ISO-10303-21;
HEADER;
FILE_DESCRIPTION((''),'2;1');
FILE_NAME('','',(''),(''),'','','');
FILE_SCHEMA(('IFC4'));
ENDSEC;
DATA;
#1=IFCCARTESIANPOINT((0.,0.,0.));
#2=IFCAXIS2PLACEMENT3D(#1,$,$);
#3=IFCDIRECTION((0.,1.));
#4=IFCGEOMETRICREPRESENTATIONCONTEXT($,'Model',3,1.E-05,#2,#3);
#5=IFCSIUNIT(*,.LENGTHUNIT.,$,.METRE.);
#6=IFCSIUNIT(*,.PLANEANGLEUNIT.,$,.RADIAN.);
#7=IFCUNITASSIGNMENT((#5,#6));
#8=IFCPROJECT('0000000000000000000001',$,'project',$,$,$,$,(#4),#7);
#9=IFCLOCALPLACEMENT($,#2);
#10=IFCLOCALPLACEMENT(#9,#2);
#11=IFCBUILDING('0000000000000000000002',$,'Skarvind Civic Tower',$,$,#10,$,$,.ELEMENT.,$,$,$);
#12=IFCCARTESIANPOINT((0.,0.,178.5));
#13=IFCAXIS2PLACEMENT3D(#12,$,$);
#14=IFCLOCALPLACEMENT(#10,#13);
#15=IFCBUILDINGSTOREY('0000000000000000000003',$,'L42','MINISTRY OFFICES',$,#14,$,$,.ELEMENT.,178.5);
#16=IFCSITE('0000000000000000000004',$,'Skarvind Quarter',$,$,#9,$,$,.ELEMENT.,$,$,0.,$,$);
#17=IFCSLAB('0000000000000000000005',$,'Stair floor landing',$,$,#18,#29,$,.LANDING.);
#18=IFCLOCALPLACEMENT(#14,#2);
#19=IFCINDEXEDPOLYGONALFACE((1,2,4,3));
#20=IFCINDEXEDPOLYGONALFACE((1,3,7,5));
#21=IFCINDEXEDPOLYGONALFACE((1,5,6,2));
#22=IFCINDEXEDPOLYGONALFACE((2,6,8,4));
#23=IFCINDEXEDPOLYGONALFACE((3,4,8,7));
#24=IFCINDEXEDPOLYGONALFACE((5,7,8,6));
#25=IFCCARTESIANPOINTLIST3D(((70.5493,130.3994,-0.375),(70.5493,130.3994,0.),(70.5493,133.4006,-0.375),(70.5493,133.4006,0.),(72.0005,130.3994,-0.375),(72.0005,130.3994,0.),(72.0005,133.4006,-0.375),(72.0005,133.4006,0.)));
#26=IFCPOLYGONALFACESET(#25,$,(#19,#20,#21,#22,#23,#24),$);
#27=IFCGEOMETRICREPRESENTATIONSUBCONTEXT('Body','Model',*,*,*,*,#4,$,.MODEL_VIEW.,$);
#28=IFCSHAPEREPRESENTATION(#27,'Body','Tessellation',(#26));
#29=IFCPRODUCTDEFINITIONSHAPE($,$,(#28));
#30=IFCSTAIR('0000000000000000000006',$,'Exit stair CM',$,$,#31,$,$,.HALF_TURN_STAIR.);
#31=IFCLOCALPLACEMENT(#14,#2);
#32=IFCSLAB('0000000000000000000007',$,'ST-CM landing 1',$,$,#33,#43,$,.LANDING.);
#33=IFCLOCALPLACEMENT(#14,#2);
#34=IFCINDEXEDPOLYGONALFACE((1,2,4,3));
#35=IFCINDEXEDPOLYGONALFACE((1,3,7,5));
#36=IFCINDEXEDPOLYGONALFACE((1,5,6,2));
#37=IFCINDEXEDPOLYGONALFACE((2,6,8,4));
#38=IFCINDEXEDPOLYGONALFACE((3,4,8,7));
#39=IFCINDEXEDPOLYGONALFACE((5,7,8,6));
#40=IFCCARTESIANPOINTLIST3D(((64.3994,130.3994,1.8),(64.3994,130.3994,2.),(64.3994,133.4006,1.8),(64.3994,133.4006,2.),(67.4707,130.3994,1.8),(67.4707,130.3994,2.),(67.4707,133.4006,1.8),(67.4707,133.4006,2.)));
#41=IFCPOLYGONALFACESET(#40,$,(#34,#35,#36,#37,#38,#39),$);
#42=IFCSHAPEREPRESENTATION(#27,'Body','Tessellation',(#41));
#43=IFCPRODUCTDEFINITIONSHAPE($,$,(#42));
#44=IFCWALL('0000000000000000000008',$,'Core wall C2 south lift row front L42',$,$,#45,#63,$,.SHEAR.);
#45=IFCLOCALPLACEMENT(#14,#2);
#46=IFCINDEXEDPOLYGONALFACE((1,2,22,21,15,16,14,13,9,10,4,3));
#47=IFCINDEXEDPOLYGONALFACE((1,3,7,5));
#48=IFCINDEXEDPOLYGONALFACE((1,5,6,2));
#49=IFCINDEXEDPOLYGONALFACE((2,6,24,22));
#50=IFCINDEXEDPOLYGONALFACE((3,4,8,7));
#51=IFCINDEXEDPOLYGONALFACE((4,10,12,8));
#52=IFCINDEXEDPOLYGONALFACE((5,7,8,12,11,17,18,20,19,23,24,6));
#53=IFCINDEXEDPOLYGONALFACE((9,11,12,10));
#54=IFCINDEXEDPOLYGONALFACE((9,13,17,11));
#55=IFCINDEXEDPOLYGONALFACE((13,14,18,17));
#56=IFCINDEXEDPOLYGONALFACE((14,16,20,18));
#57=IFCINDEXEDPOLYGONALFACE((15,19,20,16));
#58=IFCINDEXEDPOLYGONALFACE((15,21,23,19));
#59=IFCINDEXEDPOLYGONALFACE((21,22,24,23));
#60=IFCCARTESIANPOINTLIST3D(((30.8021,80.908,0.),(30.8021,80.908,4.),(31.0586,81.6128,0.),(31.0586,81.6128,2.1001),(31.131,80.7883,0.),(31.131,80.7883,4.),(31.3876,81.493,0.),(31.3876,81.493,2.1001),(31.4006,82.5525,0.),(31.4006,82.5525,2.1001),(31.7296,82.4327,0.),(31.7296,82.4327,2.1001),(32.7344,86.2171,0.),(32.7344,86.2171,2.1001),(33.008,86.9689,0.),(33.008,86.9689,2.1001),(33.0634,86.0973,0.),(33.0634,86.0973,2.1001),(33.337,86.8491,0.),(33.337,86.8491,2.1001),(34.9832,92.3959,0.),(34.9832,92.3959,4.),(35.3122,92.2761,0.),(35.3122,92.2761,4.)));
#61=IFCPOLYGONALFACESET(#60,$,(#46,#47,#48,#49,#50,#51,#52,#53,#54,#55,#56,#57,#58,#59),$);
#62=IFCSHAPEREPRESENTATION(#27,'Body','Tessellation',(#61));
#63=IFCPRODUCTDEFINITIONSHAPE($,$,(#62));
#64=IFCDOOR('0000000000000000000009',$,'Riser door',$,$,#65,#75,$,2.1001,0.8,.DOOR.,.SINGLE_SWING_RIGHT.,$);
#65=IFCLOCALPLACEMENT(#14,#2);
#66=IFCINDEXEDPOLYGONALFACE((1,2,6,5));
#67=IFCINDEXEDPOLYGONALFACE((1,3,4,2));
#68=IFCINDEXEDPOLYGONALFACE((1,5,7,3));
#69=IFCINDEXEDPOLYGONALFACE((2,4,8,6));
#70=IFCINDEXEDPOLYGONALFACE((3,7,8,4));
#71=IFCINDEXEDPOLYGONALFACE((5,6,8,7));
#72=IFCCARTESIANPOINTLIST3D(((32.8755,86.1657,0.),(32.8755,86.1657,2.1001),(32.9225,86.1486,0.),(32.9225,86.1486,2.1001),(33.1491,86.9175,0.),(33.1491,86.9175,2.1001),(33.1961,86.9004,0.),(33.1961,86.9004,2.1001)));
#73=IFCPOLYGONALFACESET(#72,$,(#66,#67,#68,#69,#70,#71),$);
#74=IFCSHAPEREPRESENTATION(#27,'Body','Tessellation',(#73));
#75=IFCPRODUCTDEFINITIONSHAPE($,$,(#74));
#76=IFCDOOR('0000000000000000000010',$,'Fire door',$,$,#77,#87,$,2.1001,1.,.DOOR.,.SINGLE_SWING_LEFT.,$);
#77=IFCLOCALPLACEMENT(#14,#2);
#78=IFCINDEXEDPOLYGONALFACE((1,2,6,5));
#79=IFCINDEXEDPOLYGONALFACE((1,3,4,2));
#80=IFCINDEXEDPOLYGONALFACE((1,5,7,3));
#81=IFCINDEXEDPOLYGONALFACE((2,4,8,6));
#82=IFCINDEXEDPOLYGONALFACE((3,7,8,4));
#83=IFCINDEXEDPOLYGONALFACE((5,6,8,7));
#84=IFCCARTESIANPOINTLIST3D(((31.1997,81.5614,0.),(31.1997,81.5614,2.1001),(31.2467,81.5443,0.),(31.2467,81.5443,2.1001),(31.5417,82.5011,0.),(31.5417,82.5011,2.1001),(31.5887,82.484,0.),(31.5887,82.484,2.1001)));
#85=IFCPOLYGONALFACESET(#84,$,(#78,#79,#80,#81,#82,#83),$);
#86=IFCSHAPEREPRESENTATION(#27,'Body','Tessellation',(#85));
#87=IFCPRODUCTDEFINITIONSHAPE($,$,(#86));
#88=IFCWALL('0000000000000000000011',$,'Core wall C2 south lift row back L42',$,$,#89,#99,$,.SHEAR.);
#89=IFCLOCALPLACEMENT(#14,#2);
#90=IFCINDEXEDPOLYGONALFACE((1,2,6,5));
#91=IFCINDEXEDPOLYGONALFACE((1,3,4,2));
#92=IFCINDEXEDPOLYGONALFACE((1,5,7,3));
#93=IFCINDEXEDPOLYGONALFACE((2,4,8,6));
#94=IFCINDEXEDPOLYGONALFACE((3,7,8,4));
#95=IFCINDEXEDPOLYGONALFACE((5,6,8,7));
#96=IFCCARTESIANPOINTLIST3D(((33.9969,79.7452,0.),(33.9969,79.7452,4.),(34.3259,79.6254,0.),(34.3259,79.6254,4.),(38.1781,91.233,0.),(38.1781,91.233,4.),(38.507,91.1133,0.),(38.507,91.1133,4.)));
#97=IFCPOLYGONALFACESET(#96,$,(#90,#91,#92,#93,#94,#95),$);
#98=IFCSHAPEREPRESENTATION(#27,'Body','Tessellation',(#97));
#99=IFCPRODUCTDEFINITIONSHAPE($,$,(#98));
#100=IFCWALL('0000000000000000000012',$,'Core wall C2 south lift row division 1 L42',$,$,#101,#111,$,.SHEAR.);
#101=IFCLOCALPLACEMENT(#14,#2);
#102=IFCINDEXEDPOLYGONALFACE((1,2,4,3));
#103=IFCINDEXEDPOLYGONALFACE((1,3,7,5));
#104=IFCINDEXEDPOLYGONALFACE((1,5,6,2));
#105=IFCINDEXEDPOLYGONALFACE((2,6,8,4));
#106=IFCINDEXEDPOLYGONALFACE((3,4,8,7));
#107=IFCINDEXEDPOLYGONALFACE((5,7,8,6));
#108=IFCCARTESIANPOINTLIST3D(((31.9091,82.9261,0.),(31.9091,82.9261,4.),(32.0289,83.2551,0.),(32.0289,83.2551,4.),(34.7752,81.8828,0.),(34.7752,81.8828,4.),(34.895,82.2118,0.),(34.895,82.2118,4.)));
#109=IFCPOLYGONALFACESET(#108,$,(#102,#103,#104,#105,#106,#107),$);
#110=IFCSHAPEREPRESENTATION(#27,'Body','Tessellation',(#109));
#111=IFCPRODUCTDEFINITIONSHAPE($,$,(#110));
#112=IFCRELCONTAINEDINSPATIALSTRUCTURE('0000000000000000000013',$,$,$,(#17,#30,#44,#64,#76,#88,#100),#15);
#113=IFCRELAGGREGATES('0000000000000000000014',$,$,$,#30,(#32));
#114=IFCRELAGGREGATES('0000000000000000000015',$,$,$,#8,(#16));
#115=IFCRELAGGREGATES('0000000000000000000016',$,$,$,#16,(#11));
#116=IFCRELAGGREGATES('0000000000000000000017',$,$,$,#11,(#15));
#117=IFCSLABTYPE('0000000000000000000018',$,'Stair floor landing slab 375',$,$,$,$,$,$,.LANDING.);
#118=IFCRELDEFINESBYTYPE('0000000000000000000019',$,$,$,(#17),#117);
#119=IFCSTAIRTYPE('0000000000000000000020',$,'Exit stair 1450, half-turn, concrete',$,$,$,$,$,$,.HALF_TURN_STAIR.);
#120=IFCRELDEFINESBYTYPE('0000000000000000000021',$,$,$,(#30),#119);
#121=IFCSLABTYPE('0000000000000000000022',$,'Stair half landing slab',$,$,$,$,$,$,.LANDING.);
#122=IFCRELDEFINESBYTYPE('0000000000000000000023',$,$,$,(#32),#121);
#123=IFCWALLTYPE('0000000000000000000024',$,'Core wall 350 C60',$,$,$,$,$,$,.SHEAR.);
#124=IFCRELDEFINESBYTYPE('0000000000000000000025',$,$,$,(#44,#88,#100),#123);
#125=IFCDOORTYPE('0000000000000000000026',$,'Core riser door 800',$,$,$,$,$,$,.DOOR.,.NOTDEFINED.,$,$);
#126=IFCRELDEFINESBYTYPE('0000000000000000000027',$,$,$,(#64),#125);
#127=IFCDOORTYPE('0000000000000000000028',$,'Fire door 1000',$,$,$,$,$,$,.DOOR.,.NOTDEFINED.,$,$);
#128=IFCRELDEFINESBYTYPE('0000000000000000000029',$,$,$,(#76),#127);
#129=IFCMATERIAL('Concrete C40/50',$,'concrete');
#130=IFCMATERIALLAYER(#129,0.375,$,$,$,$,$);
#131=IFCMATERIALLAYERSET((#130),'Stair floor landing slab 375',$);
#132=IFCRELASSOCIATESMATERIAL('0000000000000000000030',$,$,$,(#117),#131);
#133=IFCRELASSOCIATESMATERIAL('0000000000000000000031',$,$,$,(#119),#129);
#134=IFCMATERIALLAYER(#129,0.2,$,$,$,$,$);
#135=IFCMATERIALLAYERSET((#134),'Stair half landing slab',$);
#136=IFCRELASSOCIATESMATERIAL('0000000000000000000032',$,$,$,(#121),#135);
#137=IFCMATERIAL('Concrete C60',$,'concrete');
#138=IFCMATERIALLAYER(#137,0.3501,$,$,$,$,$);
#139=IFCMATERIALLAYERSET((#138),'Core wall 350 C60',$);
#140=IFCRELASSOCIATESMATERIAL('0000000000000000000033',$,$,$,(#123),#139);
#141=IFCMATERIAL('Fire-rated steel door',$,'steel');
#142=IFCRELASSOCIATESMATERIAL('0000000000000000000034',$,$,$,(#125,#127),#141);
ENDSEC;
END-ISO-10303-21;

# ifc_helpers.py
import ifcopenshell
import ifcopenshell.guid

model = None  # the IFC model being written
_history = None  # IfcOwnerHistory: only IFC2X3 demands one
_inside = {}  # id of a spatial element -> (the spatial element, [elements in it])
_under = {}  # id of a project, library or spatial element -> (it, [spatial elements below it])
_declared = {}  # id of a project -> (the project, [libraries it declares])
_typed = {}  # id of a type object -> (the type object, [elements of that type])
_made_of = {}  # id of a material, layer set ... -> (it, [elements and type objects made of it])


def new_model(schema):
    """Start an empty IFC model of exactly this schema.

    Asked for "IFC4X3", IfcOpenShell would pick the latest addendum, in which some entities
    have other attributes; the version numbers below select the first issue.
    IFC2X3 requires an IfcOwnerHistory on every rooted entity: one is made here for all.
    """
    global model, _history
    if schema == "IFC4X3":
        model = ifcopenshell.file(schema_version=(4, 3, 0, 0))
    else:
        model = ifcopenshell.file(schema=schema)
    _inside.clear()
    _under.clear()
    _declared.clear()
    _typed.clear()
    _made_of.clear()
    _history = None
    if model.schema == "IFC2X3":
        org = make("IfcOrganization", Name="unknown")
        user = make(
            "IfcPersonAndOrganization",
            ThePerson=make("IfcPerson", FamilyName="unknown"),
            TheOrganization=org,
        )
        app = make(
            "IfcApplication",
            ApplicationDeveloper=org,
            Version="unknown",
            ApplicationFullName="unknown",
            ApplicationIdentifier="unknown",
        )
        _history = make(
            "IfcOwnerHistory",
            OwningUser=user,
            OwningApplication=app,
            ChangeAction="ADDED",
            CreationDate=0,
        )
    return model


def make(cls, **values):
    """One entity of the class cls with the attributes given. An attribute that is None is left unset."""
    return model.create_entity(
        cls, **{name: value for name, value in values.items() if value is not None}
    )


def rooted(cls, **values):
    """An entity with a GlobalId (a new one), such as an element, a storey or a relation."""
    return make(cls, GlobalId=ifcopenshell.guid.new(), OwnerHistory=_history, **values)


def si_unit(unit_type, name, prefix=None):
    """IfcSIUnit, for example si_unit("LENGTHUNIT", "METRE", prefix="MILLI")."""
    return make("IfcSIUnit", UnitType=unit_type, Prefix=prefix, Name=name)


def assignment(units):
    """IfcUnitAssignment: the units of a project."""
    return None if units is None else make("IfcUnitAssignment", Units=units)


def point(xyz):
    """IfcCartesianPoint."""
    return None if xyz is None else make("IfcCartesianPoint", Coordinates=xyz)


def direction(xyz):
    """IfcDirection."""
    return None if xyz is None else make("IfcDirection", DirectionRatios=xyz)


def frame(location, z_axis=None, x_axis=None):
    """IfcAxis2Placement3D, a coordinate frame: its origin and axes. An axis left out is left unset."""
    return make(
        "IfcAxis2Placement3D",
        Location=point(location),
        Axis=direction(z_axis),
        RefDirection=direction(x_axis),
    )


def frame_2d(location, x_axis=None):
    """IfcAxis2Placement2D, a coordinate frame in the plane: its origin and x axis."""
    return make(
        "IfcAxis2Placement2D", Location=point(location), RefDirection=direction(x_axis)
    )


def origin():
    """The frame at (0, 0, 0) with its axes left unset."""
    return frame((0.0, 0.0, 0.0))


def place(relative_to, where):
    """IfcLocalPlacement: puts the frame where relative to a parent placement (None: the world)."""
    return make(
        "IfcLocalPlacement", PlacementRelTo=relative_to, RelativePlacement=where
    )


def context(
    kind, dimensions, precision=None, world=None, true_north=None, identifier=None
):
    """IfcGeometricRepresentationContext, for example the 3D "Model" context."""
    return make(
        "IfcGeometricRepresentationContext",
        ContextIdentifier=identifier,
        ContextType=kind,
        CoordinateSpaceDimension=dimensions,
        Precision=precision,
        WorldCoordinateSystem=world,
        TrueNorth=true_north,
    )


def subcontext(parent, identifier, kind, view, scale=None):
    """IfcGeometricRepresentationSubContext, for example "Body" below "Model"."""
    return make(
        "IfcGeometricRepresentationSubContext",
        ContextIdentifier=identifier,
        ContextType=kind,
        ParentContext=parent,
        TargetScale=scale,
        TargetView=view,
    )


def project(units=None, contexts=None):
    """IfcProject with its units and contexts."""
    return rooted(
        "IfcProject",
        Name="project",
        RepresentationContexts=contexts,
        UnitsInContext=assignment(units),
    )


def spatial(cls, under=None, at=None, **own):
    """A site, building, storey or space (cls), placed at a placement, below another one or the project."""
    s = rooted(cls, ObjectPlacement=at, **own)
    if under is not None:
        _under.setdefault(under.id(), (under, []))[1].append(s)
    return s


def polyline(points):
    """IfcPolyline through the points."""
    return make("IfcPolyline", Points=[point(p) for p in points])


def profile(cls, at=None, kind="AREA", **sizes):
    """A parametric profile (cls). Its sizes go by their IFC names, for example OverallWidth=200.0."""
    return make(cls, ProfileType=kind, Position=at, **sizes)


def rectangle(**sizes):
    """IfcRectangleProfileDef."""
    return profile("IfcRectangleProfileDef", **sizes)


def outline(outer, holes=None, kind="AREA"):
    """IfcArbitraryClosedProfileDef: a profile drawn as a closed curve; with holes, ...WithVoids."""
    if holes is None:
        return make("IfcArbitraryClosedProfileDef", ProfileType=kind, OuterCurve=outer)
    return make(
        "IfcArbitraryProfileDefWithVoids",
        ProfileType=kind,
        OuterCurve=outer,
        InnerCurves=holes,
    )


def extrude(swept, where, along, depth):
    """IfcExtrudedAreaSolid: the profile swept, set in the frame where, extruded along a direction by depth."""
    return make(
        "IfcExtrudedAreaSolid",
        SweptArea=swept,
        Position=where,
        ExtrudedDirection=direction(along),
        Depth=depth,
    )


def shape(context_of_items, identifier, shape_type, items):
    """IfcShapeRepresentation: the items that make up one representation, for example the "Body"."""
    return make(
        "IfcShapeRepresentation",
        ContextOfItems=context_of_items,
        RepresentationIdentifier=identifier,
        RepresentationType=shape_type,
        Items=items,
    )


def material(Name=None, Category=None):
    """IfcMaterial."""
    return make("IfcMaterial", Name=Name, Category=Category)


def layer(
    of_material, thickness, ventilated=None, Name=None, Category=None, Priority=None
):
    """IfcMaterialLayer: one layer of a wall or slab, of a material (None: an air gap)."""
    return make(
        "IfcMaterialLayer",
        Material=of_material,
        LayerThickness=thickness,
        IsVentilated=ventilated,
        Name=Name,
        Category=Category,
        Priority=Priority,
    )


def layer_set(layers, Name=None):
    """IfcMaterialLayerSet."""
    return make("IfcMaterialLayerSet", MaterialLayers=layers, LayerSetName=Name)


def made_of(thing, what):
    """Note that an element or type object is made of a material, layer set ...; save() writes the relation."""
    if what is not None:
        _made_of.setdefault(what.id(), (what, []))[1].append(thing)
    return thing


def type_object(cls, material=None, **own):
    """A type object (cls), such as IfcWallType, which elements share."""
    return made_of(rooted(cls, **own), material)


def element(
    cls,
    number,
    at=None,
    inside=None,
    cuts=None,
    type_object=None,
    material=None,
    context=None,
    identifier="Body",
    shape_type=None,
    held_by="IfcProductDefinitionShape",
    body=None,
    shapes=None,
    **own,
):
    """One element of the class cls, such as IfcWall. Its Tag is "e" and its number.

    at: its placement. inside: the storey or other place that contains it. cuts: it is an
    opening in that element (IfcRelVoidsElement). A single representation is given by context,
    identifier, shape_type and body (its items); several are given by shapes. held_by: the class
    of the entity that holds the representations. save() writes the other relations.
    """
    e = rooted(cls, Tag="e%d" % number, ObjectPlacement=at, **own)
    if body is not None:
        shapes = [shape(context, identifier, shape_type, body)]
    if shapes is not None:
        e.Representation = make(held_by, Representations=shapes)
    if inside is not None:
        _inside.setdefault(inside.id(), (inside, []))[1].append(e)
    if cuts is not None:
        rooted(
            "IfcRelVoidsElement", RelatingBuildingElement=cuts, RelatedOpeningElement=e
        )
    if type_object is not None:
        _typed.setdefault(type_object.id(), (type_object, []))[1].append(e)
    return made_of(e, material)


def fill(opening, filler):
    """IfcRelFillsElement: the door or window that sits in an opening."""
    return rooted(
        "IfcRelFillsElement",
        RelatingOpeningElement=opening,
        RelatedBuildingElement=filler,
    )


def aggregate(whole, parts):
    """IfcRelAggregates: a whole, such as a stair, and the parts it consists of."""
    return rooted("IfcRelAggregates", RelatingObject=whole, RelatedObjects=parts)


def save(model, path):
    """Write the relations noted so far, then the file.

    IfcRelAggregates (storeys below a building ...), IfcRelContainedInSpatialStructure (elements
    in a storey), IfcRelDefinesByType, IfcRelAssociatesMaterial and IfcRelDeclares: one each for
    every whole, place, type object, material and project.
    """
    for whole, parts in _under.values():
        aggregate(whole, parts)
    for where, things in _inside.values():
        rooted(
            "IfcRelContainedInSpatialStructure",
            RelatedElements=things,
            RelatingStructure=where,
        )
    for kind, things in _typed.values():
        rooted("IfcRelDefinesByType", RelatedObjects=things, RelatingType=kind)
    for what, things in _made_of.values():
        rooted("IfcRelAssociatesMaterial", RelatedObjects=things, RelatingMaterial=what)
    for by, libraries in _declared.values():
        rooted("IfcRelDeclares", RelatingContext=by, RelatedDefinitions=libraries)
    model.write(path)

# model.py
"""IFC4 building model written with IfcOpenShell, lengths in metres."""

from ifc_helpers import new_model, si_unit, direction, frame, frame_2d, origin, place, context, subcontext, project, spatial, polyline, rectangle, outline, extrude, material, layer, layer_set, type_object, element, fill, aggregate, save


model = new_model("IFC4")

# Units and contexts
model_context = context("Model", 3, precision=1e-05, world=origin(), true_north=direction((0.0, 1.0)))
body_context = subcontext(model_context, "Body", "Model", "MODEL_VIEW")
ifc_project = project(units=[si_unit("LENGTHUNIT", "METRE"), si_unit("PLANEANGLEUNIT", "RADIAN")], contexts=[model_context])

# Site, building, storey
site_placement = place(None, origin())
site = spatial("IfcSite", under=ifc_project, at=site_placement, Name="Skarvind Quarter", CompositionType="ELEMENT", RefElevation=0.0)
building_placement = place(site_placement, origin())
building = spatial("IfcBuilding", under=site, at=building_placement, Name="Skarvind Civic Tower", CompositionType="ELEMENT")
storey_placement = place(building_placement, frame((0.0, 0.0, 178.5)))
storey = spatial("IfcBuildingStorey", under=building, at=storey_placement, Name="L42", Description="MINISTRY OFFICES", CompositionType="ELEMENT", Elevation=178.5)

# Slab
ifc_material_1 = material(Name="Concrete C40/50", Category="concrete")
ifc_layer_1 = layer(ifc_material_1, 0.375)
ifc_layer_set_1 = layer_set([ifc_layer_1], Name="Stair floor landing slab 375")
slab_type_1 = type_object("IfcSlabType", Name="Stair floor landing slab 375", PredefinedType="LANDING", material=ifc_layer_set_1)
slab_1_placement = place(storey_placement, frame((0.0, 0.0, -0.375)))
element("IfcSlab", 1, at=slab_1_placement, inside=storey, type_object=slab_type_1, Name="Stair floor landing", PredefinedType="LANDING", context=body_context, shape_type="SweptSolid", body=[
    extrude(outline(polyline([(70.5493, 130.3994), (70.5493, 133.4006), (72.0005, 133.4006), (72.0005, 130.3994), (70.5493, 130.3994)])), origin(), (0.0, 0.0, 1.0), 0.375),
])

# Stair, slab
stair_type_1 = type_object("IfcStairType", Name="Exit stair 1450, half-turn, concrete", PredefinedType="HALF_TURN_STAIR", material=ifc_material_1)
stair_1_placement = place(storey_placement, origin())
stair_1 = element("IfcStair", 2, at=stair_1_placement, inside=storey, type_object=stair_type_1, Name="Exit stair CM", PredefinedType="HALF_TURN_STAIR")
ifc_layer_2 = layer(ifc_material_1, 0.2)
ifc_layer_set_2 = layer_set([ifc_layer_2], Name="Stair half landing slab")
slab_type_2 = type_object("IfcSlabType", Name="Stair half landing slab", PredefinedType="LANDING", material=ifc_layer_set_2)
slab_2_placement = place(storey_placement, frame((0.0, 0.0, 1.8)))
slab_2 = element("IfcSlab", 3, at=slab_2_placement, type_object=slab_type_2, Name="ST-CM landing 1", PredefinedType="LANDING", context=body_context, shape_type="SweptSolid", body=[
    extrude(outline(polyline([(67.4707, 133.4006), (67.4707, 130.3994), (64.3994, 130.3994), (64.3994, 133.4006), (67.4707, 133.4006)])), origin(), (0.0, 0.0, 1.0), 0.2),
])
aggregate(stair_1, [slab_2])

# Wall, openings, doors
ifc_material_2 = material(Name="Concrete C60", Category="concrete")
ifc_layer_3 = layer(ifc_material_2, 0.3501)
ifc_layer_set_3 = layer_set([ifc_layer_3], Name="Core wall 350 C60")
wall_type_1 = type_object("IfcWallType", Name="Core wall 350 C60", PredefinedType="SHEAR", material=ifc_layer_set_3)
wall_1_placement = place(storey_placement, frame((30.9666, 80.8481, 0.0), z_axis=(0.0, 0.0, 1.0), x_axis=(0.342016, 0.939694, 0.0)))
wall_1 = element("IfcWall", 4, at=wall_1_placement, inside=storey, type_object=wall_type_1, Name="Core wall C2 south lift row front L42", PredefinedType="SHEAR", context=body_context, shape_type="SweptSolid", body=[
    extrude(rectangle(XDim=12.2251, YDim=0.3501, at=frame_2d((6.1125, 0.0))), origin(), (0.0, 0.0, 1.0), 4.0),
])
opening_1_placement = place(wall_1_placement, frame((0.75, 0.0, 0.0)))
opening_1 = element("IfcOpeningElement", 5, at=opening_1_placement, cuts=wall_1, PredefinedType="OPENING", context=body_context, shape_type="SweptSolid", body=[
    extrude(rectangle(XDim=1.0, YDim=2.1001, at=frame_2d((0.5, 1.05))), frame((0.0, 0.1851, 0.0), z_axis=(0.0, -1.0, 0.0), x_axis=(1.0, 0.0, 0.0)), (0.0, 0.0, 1.0), 0.3701),
])
opening_2_placement = place(wall_1_placement, frame((5.6499, 0.0, 0.0)))
opening_2 = element("IfcOpeningElement", 6, at=opening_2_placement, cuts=wall_1, PredefinedType="OPENING", context=body_context, shape_type="SweptSolid", body=[
    extrude(rectangle(XDim=0.8, YDim=2.1001, at=frame_2d((0.3999, 1.05))), frame((0.0, 0.1851, 0.0), z_axis=(0.0, -1.0, 0.0), x_axis=(1.0, 0.0, 0.0)), (0.0, 0.0, 1.0), 0.3701),
])
ifc_material_3 = material(Name="Fire-rated steel door", Category="steel")
door_type_1 = type_object("IfcDoorType", Name="Core riser door 800", OperationType="NOTDEFINED", PredefinedType="DOOR", material=ifc_material_3)
door_1_placement = place(opening_2_placement, origin())
door_1 = element("IfcDoor", 7, at=door_1_placement, inside=storey, type_object=door_type_1, Name="Riser door", OperationType="SINGLE_SWING_RIGHT", OverallHeight=2.1001, OverallWidth=0.8, PredefinedType="DOOR", context=body_context, shape_type="SweptSolid", body=[
    extrude(rectangle(XDim=0.8, YDim=2.1001, at=frame_2d((0.3999, 1.05))), frame((0.0, 0.0249, 0.0), z_axis=(0.0, -1.0, 0.0), x_axis=(1.0, 0.0, 0.0)), (0.0, 0.0, 1.0), 0.05),
])
fill(opening_2, door_1)
door_type_2 = type_object("IfcDoorType", Name="Fire door 1000", OperationType="NOTDEFINED", PredefinedType="DOOR", material=ifc_material_3)
door_2_placement = place(opening_1_placement, origin())
door_2 = element("IfcDoor", 8, at=door_2_placement, inside=storey, type_object=door_type_2, Name="Fire door", OperationType="SINGLE_SWING_LEFT", OverallHeight=2.1001, OverallWidth=1.0, PredefinedType="DOOR", context=body_context, shape_type="SweptSolid", body=[
    extrude(rectangle(XDim=1.0, YDim=2.1001, at=frame_2d((0.5, 1.05))), frame((0.0, 0.0249, 0.0), z_axis=(0.0, -1.0, 0.0), x_axis=(1.0, 0.0, 0.0)), (0.0, 0.0, 1.0), 0.05),
])
fill(opening_1, door_2)

# Walls
wall_2_placement = place(storey_placement, frame((34.1614, 79.6853, 0.0), z_axis=(0.0, 0.0, 1.0), x_axis=(0.342016, 0.939694, 0.0)))
element("IfcWall", 9, at=wall_2_placement, inside=storey, type_object=wall_type_1, Name="Core wall C2 south lift row back L42", PredefinedType="SHEAR", context=body_context, shape_type="SweptSolid", body=[
    extrude(rectangle(XDim=12.2251, YDim=0.3501, at=frame_2d((6.1125, 0.0))), origin(), (0.0, 0.0, 1.0), 4.0),
])
wall_3_placement = place(storey_placement, frame((34.835, 82.0474, 0.0), z_axis=(0.0, 0.0, 1.0), x_axis=(-0.939684, 0.342045, 0.0)))
element("IfcWall", 10, at=wall_3_placement, inside=storey, type_object=wall_type_1, Name="Core wall C2 south lift row division 1 L42", PredefinedType="SHEAR", context=body_context, shape_type="SweptSolid", body=[
    extrude(rectangle(XDim=3.05, YDim=0.3501, at=frame_2d((1.5249, 0.0))), origin(), (0.0, 0.0, 1.0), 4.0),
])

save(model, "model.ifc")
